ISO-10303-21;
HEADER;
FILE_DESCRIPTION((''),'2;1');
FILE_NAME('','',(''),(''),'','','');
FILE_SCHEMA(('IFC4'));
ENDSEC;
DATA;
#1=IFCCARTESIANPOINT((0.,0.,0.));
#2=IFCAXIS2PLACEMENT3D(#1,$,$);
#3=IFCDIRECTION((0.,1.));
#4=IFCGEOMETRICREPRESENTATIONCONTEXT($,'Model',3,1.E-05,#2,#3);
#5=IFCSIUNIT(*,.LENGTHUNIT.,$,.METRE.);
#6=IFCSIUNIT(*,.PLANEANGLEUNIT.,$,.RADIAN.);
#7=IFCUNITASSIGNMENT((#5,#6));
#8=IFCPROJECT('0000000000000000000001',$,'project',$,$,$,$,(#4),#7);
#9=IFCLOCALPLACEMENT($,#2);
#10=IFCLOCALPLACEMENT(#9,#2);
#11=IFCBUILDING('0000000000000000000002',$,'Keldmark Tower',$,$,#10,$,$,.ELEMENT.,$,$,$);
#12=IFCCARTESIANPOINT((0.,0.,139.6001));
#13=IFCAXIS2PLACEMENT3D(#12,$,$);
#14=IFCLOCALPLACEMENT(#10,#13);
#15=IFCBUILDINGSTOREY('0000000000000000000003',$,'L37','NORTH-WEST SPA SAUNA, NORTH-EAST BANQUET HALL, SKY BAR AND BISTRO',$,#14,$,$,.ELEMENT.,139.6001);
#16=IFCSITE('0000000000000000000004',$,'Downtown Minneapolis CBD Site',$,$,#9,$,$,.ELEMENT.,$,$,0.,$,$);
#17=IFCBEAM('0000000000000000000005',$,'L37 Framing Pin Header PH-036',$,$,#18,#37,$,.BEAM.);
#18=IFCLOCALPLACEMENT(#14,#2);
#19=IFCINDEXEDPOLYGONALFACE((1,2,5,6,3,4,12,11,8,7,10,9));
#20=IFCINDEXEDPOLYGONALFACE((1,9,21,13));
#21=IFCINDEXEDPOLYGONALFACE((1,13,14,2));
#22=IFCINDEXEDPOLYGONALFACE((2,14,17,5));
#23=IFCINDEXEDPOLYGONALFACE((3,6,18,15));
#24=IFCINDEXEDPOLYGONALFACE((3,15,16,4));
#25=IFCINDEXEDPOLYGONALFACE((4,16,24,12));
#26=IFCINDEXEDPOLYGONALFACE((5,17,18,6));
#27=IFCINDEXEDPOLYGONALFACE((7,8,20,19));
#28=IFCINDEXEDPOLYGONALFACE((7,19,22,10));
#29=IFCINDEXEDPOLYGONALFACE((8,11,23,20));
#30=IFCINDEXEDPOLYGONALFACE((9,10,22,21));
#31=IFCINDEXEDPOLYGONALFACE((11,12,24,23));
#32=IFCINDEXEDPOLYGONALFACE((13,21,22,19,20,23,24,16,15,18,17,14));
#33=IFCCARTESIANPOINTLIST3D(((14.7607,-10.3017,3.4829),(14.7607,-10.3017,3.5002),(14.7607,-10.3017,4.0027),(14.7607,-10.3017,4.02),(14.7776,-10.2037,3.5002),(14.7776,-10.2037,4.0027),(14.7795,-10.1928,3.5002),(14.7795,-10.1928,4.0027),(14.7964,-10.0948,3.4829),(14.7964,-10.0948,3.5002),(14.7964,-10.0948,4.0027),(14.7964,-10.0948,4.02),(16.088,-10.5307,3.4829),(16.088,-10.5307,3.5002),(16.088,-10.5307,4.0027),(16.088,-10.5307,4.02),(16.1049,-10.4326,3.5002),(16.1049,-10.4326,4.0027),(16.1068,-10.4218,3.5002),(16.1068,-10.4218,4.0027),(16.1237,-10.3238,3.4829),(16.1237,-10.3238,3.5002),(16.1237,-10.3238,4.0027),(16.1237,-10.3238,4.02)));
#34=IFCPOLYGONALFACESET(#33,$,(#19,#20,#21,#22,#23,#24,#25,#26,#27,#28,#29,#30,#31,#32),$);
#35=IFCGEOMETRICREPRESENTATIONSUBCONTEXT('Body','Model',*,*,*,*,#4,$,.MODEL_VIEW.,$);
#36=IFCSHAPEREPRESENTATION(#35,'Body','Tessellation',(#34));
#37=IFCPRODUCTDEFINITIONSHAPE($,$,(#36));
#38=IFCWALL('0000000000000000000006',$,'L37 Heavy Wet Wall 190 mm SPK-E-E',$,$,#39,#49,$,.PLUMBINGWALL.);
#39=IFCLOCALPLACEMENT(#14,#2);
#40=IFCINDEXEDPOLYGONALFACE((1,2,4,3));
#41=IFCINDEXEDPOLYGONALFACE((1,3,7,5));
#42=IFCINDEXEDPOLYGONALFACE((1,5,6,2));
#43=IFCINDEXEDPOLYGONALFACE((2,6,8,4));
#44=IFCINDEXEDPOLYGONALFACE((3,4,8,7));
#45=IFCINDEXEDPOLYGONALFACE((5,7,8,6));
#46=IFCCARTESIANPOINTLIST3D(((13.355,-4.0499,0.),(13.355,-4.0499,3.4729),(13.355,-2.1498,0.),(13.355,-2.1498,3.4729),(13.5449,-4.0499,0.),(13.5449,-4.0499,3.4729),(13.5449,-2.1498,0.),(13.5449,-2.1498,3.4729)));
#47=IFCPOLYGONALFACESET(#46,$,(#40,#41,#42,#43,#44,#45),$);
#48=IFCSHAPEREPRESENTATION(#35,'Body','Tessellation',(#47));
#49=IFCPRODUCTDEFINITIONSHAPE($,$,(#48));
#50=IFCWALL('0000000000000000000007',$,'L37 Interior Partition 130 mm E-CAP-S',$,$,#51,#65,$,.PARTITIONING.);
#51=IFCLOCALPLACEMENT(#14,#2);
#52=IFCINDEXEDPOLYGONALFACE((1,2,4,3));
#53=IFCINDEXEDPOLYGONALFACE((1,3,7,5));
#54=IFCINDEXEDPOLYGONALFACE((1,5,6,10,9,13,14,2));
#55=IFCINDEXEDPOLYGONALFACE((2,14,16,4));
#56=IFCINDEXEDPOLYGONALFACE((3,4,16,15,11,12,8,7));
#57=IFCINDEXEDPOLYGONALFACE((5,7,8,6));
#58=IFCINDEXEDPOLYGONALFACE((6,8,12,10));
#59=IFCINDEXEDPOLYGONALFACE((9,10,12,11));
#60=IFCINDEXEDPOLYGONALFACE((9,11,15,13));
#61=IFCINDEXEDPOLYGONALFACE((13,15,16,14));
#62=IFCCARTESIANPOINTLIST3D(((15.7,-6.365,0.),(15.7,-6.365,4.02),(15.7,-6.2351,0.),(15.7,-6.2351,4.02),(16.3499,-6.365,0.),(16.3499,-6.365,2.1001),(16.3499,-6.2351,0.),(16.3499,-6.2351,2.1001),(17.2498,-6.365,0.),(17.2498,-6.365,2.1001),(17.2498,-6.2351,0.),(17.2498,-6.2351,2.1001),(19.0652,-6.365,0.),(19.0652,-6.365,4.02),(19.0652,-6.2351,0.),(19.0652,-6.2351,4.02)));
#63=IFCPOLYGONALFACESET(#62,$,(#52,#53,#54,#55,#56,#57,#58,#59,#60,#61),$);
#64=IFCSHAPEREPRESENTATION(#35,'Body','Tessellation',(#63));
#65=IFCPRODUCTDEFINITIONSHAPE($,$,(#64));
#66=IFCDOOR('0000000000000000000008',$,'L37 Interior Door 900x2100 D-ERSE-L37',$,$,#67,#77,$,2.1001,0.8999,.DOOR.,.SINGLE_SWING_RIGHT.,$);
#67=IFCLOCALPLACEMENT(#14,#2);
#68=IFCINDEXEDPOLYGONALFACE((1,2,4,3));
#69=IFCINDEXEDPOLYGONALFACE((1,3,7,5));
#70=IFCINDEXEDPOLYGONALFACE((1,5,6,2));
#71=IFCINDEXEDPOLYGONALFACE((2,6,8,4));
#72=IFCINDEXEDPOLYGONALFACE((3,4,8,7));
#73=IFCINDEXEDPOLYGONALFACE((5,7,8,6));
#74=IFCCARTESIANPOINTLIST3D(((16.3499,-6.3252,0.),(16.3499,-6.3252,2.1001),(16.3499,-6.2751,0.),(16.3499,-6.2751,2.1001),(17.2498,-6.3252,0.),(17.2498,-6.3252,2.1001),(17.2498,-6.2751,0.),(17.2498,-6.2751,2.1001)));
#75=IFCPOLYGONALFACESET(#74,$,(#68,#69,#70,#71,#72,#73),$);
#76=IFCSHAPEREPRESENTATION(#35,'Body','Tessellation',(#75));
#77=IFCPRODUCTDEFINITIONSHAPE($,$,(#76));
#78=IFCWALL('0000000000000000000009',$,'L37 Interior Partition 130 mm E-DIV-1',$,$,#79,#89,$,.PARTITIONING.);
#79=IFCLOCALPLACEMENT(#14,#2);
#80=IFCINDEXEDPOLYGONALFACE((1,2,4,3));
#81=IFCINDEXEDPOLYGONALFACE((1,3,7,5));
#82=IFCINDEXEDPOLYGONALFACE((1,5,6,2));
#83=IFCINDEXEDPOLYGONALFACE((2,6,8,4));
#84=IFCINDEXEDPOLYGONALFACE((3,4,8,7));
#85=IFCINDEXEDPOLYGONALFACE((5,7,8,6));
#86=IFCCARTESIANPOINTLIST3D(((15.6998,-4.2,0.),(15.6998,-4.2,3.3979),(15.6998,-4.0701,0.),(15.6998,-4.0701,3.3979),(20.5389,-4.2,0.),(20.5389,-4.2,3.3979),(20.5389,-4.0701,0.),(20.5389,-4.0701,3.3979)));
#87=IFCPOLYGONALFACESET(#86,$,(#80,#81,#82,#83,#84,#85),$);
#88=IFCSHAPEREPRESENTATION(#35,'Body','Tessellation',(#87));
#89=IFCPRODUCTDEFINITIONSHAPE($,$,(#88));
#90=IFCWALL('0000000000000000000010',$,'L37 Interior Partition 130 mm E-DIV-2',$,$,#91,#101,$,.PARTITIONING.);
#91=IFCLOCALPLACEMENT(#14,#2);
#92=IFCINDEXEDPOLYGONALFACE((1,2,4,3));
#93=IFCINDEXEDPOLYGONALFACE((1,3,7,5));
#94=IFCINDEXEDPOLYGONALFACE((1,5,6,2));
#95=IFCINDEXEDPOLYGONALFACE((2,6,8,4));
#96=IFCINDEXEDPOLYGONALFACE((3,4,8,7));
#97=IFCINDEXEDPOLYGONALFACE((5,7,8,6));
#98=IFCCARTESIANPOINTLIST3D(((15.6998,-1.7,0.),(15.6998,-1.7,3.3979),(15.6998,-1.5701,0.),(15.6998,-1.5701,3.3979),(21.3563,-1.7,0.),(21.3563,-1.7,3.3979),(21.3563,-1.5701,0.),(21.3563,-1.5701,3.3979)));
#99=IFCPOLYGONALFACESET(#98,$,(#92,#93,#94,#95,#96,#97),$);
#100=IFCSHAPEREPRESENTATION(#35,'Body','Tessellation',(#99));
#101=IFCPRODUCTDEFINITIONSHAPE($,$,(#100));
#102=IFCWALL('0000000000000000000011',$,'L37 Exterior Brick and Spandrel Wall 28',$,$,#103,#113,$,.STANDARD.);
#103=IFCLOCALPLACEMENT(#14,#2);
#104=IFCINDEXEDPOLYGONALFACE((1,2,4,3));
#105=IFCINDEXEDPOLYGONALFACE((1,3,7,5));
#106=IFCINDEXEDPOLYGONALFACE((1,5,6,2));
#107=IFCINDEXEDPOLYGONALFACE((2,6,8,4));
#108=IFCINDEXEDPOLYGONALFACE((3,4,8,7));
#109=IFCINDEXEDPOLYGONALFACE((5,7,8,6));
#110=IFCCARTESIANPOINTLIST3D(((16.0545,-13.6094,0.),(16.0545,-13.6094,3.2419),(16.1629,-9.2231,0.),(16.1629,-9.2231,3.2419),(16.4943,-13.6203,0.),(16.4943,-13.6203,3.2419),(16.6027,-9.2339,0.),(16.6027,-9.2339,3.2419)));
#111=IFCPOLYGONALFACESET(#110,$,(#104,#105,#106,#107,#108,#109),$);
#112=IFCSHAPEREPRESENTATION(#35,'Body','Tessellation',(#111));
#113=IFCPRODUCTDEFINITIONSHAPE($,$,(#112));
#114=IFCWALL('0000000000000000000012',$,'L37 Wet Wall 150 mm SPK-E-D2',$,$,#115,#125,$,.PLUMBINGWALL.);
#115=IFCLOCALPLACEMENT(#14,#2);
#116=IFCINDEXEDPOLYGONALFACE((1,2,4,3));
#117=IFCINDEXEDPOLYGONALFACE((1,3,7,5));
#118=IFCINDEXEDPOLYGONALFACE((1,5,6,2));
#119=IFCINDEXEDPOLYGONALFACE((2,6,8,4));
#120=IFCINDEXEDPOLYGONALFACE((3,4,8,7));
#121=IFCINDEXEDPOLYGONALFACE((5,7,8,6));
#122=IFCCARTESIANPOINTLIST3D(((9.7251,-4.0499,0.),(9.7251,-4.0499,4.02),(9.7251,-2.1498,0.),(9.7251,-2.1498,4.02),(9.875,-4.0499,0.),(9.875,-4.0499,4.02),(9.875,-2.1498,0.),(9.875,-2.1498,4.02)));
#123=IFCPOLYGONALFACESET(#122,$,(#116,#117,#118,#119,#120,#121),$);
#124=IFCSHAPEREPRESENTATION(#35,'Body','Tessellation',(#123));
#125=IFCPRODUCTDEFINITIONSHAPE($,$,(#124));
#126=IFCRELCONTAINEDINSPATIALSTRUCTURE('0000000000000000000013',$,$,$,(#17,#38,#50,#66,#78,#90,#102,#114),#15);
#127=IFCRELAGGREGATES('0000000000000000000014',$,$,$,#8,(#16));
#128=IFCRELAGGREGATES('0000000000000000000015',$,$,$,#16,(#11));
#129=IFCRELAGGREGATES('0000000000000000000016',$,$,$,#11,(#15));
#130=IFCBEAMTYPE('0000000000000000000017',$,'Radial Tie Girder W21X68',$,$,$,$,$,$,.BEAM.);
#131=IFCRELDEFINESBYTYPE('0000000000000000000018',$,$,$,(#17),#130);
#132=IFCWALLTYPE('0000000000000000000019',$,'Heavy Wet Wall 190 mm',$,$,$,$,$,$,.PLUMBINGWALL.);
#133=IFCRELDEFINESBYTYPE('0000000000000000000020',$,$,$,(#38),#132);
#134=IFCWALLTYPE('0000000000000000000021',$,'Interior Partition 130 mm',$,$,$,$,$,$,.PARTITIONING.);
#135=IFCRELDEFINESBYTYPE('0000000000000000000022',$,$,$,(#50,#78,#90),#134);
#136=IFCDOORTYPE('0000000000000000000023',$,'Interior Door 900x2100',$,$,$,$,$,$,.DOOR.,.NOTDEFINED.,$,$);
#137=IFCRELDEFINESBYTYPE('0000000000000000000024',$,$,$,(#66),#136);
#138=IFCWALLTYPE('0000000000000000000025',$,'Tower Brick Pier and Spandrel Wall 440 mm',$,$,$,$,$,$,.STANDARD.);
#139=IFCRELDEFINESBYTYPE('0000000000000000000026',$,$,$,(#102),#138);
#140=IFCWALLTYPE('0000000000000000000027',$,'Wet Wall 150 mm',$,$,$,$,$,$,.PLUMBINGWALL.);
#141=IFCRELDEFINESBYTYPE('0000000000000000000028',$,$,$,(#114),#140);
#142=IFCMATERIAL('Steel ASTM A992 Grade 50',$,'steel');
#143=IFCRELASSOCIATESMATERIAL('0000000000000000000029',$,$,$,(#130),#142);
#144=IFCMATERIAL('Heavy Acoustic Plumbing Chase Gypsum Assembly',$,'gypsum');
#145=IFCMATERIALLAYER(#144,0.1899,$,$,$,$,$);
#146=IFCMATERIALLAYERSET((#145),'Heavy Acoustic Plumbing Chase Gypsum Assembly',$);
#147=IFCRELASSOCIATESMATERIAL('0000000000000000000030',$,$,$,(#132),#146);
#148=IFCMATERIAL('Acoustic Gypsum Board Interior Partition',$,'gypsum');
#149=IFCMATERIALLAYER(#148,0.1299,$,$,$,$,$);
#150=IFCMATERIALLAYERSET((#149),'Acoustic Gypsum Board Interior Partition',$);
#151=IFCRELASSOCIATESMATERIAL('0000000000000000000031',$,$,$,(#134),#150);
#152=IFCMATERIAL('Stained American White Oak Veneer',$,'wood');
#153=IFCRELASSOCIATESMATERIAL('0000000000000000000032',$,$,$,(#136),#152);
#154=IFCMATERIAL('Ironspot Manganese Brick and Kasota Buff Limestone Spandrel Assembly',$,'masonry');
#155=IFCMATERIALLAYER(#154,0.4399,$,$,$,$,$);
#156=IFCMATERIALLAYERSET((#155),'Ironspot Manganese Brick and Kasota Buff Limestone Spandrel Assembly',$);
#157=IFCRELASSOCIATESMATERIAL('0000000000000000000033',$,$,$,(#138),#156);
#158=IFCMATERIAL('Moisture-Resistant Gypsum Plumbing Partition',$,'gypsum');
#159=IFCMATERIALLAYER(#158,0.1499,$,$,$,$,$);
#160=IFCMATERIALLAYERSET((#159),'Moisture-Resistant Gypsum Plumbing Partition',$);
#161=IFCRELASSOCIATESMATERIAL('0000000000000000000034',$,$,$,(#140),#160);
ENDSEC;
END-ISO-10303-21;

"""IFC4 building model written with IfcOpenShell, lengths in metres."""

from ifc_helpers import new_model, si_unit, direction, frame, frame_2d, origin, origin_2d, place, context, subcontext, project, spatial, rectangle, i_section, extrude, material, layer, layer_set, material_profile, profile_set, type_object, element, fill, save


model = new_model("IFC4")

# Units and contexts
model_context = context("Model", 3, precision=1e-05, world=origin(), true_north=direction((0.0, 1.0)))
body_context = subcontext(model_context, "Body", "Model", "MODEL_VIEW")
ifc_project = project(units=[si_unit("LENGTHUNIT", "METRE"), si_unit("PLANEANGLEUNIT", "RADIAN")], contexts=[model_context])

# Site, building, storey
site_placement = place(None, origin())
site = spatial("IfcSite", under=ifc_project, at=site_placement, Name="Downtown Minneapolis CBD Site", CompositionType="ELEMENT", RefElevation=0.0)
building_placement = place(site_placement, origin())
building = spatial("IfcBuilding", under=site, at=building_placement, Name="Keldmark Tower", CompositionType="ELEMENT")
storey_placement = place(building_placement, frame((0.0, 0.0, 139.6001)))
storey = spatial("IfcBuildingStorey", under=building, at=storey_placement, Name="L37", Description="NORTH-WEST SPA SAUNA, NORTH-EAST BANQUET HALL, SKY BAR AND BISTRO", CompositionType="ELEMENT", Elevation=139.6001)

# Beam
ifc_material_1 = material(Name="Steel ASTM A992 Grade 50", Category="steel")
ifc_material_profile_1 = material_profile(ifc_material_1, i_section(OverallWidth=0.21, OverallDepth=0.5371, WebThickness=0.011, FlangeThickness=0.0173, at=origin_2d()), Name="W21X68")
ifc_profile_set_1 = profile_set([ifc_material_profile_1], Name="Steel ASTM A992 Grade 50")
beam_type_1 = type_object("IfcBeamType", Name="Radial Tie Girder W21X68", PredefinedType="BEAM", material=ifc_profile_set_1)
beam_1_placement = place(storey_placement, frame((14.7786, -10.1982, 3.7515), z_axis=(0.985442, -0.17001, 0.0), x_axis=(0.17001, 0.985442, 0.0)))
element("IfcBeam", 1, at=beam_1_placement, inside=storey, type_object=beam_type_1, Name="L37 Framing Pin Header PH-036", PredefinedType="BEAM", context=body_context, shape_type="SweptSolid", body=[
    extrude(i_section(OverallWidth=0.21, OverallDepth=0.5371, WebThickness=0.011, FlangeThickness=0.0173, at=origin_2d()), origin(), (0.0, 0.0, 1.0), 1.3469),
])

# Wall
ifc_material_2 = material(Name="Heavy Acoustic Plumbing Chase Gypsum Assembly", Category="gypsum")
ifc_layer_1 = layer(ifc_material_2, 0.1899)
ifc_layer_set_1 = layer_set([ifc_layer_1], Name="Heavy Acoustic Plumbing Chase Gypsum Assembly")
wall_type_1 = type_object("IfcWallType", Name="Heavy Wet Wall 190 mm", PredefinedType="PLUMBINGWALL", material=ifc_layer_set_1)
wall_1_placement = place(storey_placement, frame((13.45, -4.05, 0.0), z_axis=(0.0, 0.0, 1.0), x_axis=(0.0, 1.0, 0.0)))
element("IfcWall", 2, at=wall_1_placement, inside=storey, type_object=wall_type_1, Name="L37 Heavy Wet Wall 190 mm SPK-E-E", PredefinedType="PLUMBINGWALL", context=body_context, shape_type="SweptSolid", body=[
    extrude(rectangle(XDim=1.9001, YDim=0.1899, at=frame_2d((0.9502, 0.0))), origin(), (0.0, 0.0, 1.0), 3.4729),
])

# Wall, opening, door
ifc_material_3 = material(Name="Acoustic Gypsum Board Interior Partition", Category="gypsum")
ifc_layer_2 = layer(ifc_material_3, 0.1299)
ifc_layer_set_2 = layer_set([ifc_layer_2], Name="Acoustic Gypsum Board Interior Partition")
wall_type_2 = type_object("IfcWallType", Name="Interior Partition 130 mm", PredefinedType="PARTITIONING", material=ifc_layer_set_2)
wall_2_placement = place(storey_placement, frame((15.7, -6.3, 0.0), z_axis=(0.0, 0.0, 1.0), x_axis=(1.0, 0.0, 0.0)))
wall_2 = element("IfcWall", 3, at=wall_2_placement, inside=storey, type_object=wall_type_2, Name="L37 Interior Partition 130 mm E-CAP-S", PredefinedType="PARTITIONING", context=body_context, shape_type="SweptSolid", body=[
    extrude(rectangle(XDim=3.3652, YDim=0.1299, at=frame_2d((1.6826, 0.0))), origin(), (0.0, 0.0, 1.0), 4.02),
])
opening_1_placement = place(wall_2_placement, frame((0.6499, 0.0, 0.0)))
opening_1 = element("IfcOpeningElement", 4, at=opening_1_placement, cuts=wall_2, PredefinedType="OPENING", context=body_context, shape_type="SweptSolid", body=[
    extrude(rectangle(XDim=0.8999, YDim=2.1001, at=frame_2d((0.45, 1.05))), frame((0.0, 0.075, 0.0), z_axis=(0.0, -1.0, 0.0), x_axis=(1.0, 0.0, 0.0)), (0.0, 0.0, 1.0), 0.1499),
])
ifc_material_4 = material(Name="Stained American White Oak Veneer", Category="wood")
door_type_1 = type_object("IfcDoorType", Name="Interior Door 900x2100", OperationType="NOTDEFINED", PredefinedType="DOOR", material=ifc_material_4)
door_1_placement = place(opening_1_placement, origin())
door_1 = element("IfcDoor", 5, at=door_1_placement, inside=storey, type_object=door_type_1, Name="L37 Interior Door 900x2100 D-ERSE-L37", OperationType="SINGLE_SWING_RIGHT", OverallHeight=2.1001, OverallWidth=0.8999, PredefinedType="DOOR", context=body_context, shape_type="SweptSolid", body=[
    extrude(rectangle(XDim=0.8999, YDim=2.1001, at=frame_2d((0.45, 1.05))), frame((0.0, 0.0249, 0.0), z_axis=(0.0, -1.0, 0.0), x_axis=(1.0, 0.0, 0.0)), (0.0, 0.0, 1.0), 0.05),
])
fill(opening_1, door_1)

# Walls
wall_3_placement = place(storey_placement, frame((15.7, -4.135, 0.0), z_axis=(0.0, 0.0, 1.0), x_axis=(1.0, 0.0, 0.0)))
element("IfcWall", 6, at=wall_3_placement, inside=storey, type_object=wall_type_2, Name="L37 Interior Partition 130 mm E-DIV-1", PredefinedType="PARTITIONING", context=body_context, shape_type="SweptSolid", body=[
    extrude(rectangle(XDim=4.8391, YDim=0.1299, at=frame_2d((2.4194, 0.0))), origin(), (0.0, 0.0, 1.0), 3.3979),
])
wall_4_placement = place(storey_placement, frame((15.7, -1.635, 0.0), z_axis=(0.0, 0.0, 1.0), x_axis=(1.0, 0.0, 0.0)))
element("IfcWall", 7, at=wall_4_placement, inside=storey, type_object=wall_type_2, Name="L37 Interior Partition 130 mm E-DIV-2", PredefinedType="PARTITIONING", context=body_context, shape_type="SweptSolid", body=[
    extrude(rectangle(XDim=5.6565, YDim=0.1299, at=frame_2d((2.8281, 0.0))), origin(), (0.0, 0.0, 1.0), 3.3979),
])

# Walls
ifc_material_5 = material(Name="Ironspot Manganese Brick and Kasota Buff Limestone Spandrel Assembly", Category="masonry")
ifc_layer_3 = layer(ifc_material_5, 0.4399)
ifc_layer_set_3 = layer_set([ifc_layer_3], Name="Ironspot Manganese Brick and Kasota Buff Limestone Spandrel Assembly")
wall_type_3 = type_object("IfcWallType", Name="Tower Brick Pier and Spandrel Wall 440 mm", PredefinedType="STANDARD", material=ifc_layer_set_3)
wall_5_placement = place(storey_placement, frame((16.3828, -9.2285, 0.0), z_axis=(0.0, 0.0, 1.0), x_axis=(-0.024704, -0.999695, 0.0)))
element("IfcWall", 8, at=wall_5_placement, inside=storey, type_object=wall_type_3, Name="L37 Exterior Brick and Spandrel Wall 28", PredefinedType="STANDARD", context=body_context, shape_type="SweptSolid", body=[
    extrude(rectangle(XDim=4.3877, YDim=0.4399, at=frame_2d((2.1938, 0.0))), origin(), (0.0, 0.0, 1.0), 3.2419),
])
ifc_material_6 = material(Name="Moisture-Resistant Gypsum Plumbing Partition", Category="gypsum")
ifc_layer_4 = layer(ifc_material_6, 0.1499)
ifc_layer_set_4 = layer_set([ifc_layer_4], Name="Moisture-Resistant Gypsum Plumbing Partition")
wall_type_4 = type_object("IfcWallType", Name="Wet Wall 150 mm", PredefinedType="PLUMBINGWALL", material=ifc_layer_set_4)
wall_6_placement = place(storey_placement, frame((9.8, -4.05, 0.0), z_axis=(0.0, 0.0, 1.0), x_axis=(0.0, 1.0, 0.0)))
element("IfcWall", 9, at=wall_6_placement, inside=storey, type_object=wall_type_4, Name="L37 Wet Wall 150 mm SPK-E-D2", PredefinedType="PLUMBINGWALL", context=body_context, shape_type="SweptSolid", body=[
    extrude(rectangle(XDim=1.9001, YDim=0.1499, at=frame_2d((0.9502, 0.0))), origin(), (0.0, 0.0, 1.0), 4.02),
])

save(model, "model.ifc")
